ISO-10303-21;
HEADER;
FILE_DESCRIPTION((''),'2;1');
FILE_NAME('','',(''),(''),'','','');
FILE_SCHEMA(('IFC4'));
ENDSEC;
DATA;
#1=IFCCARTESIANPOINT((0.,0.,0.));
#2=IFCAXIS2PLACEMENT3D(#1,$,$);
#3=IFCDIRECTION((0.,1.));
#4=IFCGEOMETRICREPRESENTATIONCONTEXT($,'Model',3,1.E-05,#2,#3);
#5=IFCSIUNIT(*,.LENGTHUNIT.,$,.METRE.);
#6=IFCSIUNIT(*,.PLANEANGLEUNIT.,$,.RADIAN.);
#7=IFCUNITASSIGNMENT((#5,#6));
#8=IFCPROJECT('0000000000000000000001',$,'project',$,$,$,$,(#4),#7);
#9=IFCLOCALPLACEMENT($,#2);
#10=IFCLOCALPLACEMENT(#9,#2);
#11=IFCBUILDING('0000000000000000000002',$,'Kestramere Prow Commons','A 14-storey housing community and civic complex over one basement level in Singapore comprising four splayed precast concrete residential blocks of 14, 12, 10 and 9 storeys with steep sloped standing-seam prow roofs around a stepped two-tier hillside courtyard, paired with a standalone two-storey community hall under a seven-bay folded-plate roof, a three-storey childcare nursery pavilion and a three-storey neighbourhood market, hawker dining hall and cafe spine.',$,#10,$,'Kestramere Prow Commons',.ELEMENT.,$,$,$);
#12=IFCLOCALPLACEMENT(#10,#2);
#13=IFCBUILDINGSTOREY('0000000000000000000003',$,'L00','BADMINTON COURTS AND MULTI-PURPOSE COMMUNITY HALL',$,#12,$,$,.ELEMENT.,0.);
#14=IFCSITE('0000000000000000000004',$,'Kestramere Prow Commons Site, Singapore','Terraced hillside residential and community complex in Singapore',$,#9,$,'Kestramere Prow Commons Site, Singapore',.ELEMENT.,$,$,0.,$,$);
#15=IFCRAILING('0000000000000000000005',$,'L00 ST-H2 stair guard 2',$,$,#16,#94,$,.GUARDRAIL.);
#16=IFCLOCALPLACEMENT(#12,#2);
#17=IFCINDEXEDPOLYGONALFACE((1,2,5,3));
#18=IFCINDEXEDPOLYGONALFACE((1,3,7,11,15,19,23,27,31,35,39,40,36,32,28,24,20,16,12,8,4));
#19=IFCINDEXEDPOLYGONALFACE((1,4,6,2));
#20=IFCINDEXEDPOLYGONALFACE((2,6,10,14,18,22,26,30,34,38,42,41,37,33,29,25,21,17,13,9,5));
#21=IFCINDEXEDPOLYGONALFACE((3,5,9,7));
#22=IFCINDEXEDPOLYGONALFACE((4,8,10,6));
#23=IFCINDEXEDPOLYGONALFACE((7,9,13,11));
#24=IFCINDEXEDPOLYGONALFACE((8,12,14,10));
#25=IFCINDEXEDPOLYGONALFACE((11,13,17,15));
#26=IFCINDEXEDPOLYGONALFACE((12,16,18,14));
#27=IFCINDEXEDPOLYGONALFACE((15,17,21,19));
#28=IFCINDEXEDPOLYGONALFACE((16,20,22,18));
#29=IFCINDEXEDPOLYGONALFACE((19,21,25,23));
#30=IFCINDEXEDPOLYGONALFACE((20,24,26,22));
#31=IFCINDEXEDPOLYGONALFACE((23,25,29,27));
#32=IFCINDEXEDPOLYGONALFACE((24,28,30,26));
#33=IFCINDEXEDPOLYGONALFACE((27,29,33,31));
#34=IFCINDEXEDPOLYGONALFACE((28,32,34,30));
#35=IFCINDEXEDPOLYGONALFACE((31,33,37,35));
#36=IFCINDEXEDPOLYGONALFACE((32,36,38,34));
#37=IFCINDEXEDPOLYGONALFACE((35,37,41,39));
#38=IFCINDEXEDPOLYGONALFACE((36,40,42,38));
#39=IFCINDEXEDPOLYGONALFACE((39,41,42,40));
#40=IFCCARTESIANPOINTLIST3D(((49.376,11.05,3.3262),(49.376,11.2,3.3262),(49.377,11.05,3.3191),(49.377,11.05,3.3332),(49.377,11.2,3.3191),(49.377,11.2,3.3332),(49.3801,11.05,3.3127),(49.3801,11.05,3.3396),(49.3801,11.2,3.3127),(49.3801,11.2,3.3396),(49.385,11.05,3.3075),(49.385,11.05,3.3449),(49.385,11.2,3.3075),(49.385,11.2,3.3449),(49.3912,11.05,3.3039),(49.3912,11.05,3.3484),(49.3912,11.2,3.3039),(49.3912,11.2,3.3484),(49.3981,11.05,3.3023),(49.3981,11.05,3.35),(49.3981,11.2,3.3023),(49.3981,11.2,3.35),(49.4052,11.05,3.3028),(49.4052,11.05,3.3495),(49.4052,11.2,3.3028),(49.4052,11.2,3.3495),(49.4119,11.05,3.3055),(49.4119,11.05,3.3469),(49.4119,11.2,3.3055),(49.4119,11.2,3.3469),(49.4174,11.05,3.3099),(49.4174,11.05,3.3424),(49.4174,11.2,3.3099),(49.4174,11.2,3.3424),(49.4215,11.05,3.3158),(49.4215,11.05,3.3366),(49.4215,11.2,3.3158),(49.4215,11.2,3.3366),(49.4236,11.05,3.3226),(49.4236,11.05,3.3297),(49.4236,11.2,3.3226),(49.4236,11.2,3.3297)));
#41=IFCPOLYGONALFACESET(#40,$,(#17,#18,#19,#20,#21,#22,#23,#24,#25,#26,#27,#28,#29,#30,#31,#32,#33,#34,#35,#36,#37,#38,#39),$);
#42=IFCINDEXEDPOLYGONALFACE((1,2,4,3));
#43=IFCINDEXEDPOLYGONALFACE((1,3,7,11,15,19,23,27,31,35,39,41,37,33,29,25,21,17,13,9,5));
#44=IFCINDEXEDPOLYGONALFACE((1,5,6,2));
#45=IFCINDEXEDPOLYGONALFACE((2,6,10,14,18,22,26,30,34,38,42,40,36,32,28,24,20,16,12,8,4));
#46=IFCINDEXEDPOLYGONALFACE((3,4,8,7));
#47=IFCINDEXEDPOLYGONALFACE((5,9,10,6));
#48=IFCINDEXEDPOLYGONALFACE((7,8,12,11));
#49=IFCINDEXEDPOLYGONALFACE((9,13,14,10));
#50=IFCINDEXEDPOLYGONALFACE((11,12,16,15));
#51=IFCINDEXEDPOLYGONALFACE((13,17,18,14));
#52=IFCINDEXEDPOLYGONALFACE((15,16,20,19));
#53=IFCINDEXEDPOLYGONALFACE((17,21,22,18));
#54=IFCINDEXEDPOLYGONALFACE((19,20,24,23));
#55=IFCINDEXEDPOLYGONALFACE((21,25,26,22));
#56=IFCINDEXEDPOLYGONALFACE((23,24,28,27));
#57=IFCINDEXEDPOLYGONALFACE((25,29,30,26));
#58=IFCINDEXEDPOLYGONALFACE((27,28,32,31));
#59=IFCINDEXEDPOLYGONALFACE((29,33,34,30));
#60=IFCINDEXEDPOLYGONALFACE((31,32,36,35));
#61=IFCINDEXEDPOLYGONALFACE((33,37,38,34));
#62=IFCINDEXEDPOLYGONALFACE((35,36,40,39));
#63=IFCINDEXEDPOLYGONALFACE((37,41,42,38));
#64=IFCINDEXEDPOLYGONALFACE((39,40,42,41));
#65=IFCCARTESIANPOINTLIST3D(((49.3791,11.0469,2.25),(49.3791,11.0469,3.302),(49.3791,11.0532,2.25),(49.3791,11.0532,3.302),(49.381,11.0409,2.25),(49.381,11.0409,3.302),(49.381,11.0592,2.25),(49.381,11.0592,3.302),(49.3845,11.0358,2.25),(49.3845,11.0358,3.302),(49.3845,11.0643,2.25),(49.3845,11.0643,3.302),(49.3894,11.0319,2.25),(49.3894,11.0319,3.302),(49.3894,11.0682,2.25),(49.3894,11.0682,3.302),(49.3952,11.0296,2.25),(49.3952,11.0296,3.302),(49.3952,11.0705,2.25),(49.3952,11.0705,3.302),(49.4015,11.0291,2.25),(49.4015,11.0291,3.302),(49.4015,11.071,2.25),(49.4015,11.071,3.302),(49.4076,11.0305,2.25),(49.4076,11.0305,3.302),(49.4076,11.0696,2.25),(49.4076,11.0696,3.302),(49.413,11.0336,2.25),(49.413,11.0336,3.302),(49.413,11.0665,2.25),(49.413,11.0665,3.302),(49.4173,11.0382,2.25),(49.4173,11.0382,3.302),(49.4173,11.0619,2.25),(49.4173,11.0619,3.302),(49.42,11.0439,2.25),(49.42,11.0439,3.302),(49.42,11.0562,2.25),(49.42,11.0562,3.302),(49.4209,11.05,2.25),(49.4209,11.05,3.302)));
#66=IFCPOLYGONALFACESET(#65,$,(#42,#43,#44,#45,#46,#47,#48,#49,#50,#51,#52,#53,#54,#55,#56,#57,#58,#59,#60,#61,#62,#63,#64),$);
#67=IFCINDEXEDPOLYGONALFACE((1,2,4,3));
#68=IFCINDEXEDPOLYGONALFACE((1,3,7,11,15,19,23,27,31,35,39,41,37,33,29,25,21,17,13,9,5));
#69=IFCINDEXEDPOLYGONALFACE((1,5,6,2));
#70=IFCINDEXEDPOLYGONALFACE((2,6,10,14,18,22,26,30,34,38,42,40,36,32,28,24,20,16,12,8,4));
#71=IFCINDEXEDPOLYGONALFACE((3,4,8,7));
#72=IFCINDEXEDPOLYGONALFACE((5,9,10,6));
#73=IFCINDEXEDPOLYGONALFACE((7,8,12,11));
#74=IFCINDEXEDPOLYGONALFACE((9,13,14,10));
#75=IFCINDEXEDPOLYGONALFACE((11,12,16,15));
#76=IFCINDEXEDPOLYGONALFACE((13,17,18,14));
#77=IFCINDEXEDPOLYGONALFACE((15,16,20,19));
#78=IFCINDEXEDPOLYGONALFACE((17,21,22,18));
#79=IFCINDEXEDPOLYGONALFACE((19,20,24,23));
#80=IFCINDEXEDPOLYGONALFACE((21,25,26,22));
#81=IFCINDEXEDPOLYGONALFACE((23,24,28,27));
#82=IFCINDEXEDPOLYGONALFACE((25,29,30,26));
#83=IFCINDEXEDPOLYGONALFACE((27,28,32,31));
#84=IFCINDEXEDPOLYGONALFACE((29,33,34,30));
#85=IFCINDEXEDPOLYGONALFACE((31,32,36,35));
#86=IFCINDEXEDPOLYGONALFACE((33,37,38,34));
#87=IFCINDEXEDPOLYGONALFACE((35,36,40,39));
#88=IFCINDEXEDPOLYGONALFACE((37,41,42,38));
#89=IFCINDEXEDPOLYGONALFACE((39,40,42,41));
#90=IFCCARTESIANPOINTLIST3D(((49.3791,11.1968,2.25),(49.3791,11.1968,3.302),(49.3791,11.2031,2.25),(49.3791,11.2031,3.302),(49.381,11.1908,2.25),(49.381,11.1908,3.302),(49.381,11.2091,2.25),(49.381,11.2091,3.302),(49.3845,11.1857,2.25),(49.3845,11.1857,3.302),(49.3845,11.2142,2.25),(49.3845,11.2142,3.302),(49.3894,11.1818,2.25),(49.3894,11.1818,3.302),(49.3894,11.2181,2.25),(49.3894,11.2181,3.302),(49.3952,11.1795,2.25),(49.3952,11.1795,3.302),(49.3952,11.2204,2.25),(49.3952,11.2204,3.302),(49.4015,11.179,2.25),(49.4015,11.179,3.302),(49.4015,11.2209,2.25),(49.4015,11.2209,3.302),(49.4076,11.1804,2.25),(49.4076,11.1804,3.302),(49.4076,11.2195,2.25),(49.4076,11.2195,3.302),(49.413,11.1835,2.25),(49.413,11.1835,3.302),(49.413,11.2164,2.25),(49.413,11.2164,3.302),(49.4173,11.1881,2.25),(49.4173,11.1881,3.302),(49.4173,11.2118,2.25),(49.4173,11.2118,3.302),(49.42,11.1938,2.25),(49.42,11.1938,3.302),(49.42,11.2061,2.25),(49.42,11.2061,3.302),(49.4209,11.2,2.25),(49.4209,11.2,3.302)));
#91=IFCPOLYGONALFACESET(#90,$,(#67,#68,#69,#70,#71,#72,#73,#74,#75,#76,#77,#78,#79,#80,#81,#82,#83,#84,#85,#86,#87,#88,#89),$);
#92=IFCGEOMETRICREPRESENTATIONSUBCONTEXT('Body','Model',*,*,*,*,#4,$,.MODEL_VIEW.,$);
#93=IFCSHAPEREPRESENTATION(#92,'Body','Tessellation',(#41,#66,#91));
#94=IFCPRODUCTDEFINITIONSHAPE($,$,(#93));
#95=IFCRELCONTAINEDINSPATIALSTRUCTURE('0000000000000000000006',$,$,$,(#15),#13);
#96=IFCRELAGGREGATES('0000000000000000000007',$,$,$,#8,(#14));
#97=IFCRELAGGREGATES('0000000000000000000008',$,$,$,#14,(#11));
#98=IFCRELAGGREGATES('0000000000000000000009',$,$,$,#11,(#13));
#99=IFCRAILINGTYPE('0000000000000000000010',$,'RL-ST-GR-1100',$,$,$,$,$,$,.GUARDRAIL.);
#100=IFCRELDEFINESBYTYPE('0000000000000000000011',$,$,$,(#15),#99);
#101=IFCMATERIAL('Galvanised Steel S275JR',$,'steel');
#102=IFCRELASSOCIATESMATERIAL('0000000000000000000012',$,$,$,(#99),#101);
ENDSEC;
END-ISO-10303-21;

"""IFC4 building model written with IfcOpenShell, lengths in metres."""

from ifc_helpers import new_model, si_unit, direction, frame, origin, origin_2d, place, context, subcontext, project, spatial, circle, extrude, material, type_object, element, save


model = new_model("IFC4")

# Units and contexts
model_context = context("Model", 3, precision=1e-05, world=origin(), true_north=direction((0.0, 1.0)))
body_context = subcontext(model_context, "Body", "Model", "MODEL_VIEW")
ifc_project = project(units=[si_unit("LENGTHUNIT", "METRE"), si_unit("PLANEANGLEUNIT", "RADIAN")], contexts=[model_context])

# Site, building, storey
site_placement = place(None, origin())
site = spatial("IfcSite", under=ifc_project, at=site_placement, Name="Kestramere Prow Commons Site, Singapore", Description="Terraced hillside residential and community complex in Singapore", LongName="Kestramere Prow Commons Site, Singapore", CompositionType="ELEMENT", RefElevation=0.0)
building_placement = place(site_placement, origin())
building = spatial("IfcBuilding", under=site, at=building_placement, Name="Kestramere Prow Commons", Description="A 14-storey housing community and civic complex over one basement level in Singapore comprising four splayed precast concrete residential blocks of 14, 12, 10 and 9 storeys with steep sloped standing-seam prow roofs around a stepped two-tier hillside courtyard, paired with a standalone two-storey community hall under a seven-bay folded-plate roof, a three-storey childcare nursery pavilion and a three-storey neighbourhood market, hawker dining hall and cafe spine.", LongName="Kestramere Prow Commons", CompositionType="ELEMENT")
storey_placement = place(building_placement, origin())
storey = spatial("IfcBuildingStorey", under=building, at=storey_placement, Name="L00", Description="BADMINTON COURTS AND MULTI-PURPOSE COMMUNITY HALL", CompositionType="ELEMENT", Elevation=0.0)

# Railing
ifc_material_1 = material(Name="Galvanised Steel S275JR", Category="steel")
railing_type_1 = type_object("IfcRailingType", Name="RL-ST-GR-1100", PredefinedType="GUARDRAIL", material=ifc_material_1)
railing_1_placement = place(storey_placement, frame((49.3999, 11.05, 2.25)))
element("IfcRailing", 1, at=railing_1_placement, inside=storey, type_object=railing_type_1, Name="L00 ST-H2 stair guard 2", PredefinedType="GUARDRAIL", context=body_context, shape_type="SweptSolid", body=[
    extrude(circle(Radius=0.0239, at=origin_2d()), frame((0.0, 0.0, 1.0762), z_axis=(0.0, 1.0, 0.0), x_axis=(-1.0, 0.0, 0.0)), (0.0, 0.0, 1.0), 0.1499),
    extrude(circle(Radius=0.021, at=origin_2d()), origin(), (0.0, 0.0, 1.0), 1.052),
    extrude(circle(Radius=0.021, at=origin_2d()), frame((0.0, 0.1499, 0.0)), (0.0, 0.0, 1.0), 1.052),
])

save(model, "model.ifc")
